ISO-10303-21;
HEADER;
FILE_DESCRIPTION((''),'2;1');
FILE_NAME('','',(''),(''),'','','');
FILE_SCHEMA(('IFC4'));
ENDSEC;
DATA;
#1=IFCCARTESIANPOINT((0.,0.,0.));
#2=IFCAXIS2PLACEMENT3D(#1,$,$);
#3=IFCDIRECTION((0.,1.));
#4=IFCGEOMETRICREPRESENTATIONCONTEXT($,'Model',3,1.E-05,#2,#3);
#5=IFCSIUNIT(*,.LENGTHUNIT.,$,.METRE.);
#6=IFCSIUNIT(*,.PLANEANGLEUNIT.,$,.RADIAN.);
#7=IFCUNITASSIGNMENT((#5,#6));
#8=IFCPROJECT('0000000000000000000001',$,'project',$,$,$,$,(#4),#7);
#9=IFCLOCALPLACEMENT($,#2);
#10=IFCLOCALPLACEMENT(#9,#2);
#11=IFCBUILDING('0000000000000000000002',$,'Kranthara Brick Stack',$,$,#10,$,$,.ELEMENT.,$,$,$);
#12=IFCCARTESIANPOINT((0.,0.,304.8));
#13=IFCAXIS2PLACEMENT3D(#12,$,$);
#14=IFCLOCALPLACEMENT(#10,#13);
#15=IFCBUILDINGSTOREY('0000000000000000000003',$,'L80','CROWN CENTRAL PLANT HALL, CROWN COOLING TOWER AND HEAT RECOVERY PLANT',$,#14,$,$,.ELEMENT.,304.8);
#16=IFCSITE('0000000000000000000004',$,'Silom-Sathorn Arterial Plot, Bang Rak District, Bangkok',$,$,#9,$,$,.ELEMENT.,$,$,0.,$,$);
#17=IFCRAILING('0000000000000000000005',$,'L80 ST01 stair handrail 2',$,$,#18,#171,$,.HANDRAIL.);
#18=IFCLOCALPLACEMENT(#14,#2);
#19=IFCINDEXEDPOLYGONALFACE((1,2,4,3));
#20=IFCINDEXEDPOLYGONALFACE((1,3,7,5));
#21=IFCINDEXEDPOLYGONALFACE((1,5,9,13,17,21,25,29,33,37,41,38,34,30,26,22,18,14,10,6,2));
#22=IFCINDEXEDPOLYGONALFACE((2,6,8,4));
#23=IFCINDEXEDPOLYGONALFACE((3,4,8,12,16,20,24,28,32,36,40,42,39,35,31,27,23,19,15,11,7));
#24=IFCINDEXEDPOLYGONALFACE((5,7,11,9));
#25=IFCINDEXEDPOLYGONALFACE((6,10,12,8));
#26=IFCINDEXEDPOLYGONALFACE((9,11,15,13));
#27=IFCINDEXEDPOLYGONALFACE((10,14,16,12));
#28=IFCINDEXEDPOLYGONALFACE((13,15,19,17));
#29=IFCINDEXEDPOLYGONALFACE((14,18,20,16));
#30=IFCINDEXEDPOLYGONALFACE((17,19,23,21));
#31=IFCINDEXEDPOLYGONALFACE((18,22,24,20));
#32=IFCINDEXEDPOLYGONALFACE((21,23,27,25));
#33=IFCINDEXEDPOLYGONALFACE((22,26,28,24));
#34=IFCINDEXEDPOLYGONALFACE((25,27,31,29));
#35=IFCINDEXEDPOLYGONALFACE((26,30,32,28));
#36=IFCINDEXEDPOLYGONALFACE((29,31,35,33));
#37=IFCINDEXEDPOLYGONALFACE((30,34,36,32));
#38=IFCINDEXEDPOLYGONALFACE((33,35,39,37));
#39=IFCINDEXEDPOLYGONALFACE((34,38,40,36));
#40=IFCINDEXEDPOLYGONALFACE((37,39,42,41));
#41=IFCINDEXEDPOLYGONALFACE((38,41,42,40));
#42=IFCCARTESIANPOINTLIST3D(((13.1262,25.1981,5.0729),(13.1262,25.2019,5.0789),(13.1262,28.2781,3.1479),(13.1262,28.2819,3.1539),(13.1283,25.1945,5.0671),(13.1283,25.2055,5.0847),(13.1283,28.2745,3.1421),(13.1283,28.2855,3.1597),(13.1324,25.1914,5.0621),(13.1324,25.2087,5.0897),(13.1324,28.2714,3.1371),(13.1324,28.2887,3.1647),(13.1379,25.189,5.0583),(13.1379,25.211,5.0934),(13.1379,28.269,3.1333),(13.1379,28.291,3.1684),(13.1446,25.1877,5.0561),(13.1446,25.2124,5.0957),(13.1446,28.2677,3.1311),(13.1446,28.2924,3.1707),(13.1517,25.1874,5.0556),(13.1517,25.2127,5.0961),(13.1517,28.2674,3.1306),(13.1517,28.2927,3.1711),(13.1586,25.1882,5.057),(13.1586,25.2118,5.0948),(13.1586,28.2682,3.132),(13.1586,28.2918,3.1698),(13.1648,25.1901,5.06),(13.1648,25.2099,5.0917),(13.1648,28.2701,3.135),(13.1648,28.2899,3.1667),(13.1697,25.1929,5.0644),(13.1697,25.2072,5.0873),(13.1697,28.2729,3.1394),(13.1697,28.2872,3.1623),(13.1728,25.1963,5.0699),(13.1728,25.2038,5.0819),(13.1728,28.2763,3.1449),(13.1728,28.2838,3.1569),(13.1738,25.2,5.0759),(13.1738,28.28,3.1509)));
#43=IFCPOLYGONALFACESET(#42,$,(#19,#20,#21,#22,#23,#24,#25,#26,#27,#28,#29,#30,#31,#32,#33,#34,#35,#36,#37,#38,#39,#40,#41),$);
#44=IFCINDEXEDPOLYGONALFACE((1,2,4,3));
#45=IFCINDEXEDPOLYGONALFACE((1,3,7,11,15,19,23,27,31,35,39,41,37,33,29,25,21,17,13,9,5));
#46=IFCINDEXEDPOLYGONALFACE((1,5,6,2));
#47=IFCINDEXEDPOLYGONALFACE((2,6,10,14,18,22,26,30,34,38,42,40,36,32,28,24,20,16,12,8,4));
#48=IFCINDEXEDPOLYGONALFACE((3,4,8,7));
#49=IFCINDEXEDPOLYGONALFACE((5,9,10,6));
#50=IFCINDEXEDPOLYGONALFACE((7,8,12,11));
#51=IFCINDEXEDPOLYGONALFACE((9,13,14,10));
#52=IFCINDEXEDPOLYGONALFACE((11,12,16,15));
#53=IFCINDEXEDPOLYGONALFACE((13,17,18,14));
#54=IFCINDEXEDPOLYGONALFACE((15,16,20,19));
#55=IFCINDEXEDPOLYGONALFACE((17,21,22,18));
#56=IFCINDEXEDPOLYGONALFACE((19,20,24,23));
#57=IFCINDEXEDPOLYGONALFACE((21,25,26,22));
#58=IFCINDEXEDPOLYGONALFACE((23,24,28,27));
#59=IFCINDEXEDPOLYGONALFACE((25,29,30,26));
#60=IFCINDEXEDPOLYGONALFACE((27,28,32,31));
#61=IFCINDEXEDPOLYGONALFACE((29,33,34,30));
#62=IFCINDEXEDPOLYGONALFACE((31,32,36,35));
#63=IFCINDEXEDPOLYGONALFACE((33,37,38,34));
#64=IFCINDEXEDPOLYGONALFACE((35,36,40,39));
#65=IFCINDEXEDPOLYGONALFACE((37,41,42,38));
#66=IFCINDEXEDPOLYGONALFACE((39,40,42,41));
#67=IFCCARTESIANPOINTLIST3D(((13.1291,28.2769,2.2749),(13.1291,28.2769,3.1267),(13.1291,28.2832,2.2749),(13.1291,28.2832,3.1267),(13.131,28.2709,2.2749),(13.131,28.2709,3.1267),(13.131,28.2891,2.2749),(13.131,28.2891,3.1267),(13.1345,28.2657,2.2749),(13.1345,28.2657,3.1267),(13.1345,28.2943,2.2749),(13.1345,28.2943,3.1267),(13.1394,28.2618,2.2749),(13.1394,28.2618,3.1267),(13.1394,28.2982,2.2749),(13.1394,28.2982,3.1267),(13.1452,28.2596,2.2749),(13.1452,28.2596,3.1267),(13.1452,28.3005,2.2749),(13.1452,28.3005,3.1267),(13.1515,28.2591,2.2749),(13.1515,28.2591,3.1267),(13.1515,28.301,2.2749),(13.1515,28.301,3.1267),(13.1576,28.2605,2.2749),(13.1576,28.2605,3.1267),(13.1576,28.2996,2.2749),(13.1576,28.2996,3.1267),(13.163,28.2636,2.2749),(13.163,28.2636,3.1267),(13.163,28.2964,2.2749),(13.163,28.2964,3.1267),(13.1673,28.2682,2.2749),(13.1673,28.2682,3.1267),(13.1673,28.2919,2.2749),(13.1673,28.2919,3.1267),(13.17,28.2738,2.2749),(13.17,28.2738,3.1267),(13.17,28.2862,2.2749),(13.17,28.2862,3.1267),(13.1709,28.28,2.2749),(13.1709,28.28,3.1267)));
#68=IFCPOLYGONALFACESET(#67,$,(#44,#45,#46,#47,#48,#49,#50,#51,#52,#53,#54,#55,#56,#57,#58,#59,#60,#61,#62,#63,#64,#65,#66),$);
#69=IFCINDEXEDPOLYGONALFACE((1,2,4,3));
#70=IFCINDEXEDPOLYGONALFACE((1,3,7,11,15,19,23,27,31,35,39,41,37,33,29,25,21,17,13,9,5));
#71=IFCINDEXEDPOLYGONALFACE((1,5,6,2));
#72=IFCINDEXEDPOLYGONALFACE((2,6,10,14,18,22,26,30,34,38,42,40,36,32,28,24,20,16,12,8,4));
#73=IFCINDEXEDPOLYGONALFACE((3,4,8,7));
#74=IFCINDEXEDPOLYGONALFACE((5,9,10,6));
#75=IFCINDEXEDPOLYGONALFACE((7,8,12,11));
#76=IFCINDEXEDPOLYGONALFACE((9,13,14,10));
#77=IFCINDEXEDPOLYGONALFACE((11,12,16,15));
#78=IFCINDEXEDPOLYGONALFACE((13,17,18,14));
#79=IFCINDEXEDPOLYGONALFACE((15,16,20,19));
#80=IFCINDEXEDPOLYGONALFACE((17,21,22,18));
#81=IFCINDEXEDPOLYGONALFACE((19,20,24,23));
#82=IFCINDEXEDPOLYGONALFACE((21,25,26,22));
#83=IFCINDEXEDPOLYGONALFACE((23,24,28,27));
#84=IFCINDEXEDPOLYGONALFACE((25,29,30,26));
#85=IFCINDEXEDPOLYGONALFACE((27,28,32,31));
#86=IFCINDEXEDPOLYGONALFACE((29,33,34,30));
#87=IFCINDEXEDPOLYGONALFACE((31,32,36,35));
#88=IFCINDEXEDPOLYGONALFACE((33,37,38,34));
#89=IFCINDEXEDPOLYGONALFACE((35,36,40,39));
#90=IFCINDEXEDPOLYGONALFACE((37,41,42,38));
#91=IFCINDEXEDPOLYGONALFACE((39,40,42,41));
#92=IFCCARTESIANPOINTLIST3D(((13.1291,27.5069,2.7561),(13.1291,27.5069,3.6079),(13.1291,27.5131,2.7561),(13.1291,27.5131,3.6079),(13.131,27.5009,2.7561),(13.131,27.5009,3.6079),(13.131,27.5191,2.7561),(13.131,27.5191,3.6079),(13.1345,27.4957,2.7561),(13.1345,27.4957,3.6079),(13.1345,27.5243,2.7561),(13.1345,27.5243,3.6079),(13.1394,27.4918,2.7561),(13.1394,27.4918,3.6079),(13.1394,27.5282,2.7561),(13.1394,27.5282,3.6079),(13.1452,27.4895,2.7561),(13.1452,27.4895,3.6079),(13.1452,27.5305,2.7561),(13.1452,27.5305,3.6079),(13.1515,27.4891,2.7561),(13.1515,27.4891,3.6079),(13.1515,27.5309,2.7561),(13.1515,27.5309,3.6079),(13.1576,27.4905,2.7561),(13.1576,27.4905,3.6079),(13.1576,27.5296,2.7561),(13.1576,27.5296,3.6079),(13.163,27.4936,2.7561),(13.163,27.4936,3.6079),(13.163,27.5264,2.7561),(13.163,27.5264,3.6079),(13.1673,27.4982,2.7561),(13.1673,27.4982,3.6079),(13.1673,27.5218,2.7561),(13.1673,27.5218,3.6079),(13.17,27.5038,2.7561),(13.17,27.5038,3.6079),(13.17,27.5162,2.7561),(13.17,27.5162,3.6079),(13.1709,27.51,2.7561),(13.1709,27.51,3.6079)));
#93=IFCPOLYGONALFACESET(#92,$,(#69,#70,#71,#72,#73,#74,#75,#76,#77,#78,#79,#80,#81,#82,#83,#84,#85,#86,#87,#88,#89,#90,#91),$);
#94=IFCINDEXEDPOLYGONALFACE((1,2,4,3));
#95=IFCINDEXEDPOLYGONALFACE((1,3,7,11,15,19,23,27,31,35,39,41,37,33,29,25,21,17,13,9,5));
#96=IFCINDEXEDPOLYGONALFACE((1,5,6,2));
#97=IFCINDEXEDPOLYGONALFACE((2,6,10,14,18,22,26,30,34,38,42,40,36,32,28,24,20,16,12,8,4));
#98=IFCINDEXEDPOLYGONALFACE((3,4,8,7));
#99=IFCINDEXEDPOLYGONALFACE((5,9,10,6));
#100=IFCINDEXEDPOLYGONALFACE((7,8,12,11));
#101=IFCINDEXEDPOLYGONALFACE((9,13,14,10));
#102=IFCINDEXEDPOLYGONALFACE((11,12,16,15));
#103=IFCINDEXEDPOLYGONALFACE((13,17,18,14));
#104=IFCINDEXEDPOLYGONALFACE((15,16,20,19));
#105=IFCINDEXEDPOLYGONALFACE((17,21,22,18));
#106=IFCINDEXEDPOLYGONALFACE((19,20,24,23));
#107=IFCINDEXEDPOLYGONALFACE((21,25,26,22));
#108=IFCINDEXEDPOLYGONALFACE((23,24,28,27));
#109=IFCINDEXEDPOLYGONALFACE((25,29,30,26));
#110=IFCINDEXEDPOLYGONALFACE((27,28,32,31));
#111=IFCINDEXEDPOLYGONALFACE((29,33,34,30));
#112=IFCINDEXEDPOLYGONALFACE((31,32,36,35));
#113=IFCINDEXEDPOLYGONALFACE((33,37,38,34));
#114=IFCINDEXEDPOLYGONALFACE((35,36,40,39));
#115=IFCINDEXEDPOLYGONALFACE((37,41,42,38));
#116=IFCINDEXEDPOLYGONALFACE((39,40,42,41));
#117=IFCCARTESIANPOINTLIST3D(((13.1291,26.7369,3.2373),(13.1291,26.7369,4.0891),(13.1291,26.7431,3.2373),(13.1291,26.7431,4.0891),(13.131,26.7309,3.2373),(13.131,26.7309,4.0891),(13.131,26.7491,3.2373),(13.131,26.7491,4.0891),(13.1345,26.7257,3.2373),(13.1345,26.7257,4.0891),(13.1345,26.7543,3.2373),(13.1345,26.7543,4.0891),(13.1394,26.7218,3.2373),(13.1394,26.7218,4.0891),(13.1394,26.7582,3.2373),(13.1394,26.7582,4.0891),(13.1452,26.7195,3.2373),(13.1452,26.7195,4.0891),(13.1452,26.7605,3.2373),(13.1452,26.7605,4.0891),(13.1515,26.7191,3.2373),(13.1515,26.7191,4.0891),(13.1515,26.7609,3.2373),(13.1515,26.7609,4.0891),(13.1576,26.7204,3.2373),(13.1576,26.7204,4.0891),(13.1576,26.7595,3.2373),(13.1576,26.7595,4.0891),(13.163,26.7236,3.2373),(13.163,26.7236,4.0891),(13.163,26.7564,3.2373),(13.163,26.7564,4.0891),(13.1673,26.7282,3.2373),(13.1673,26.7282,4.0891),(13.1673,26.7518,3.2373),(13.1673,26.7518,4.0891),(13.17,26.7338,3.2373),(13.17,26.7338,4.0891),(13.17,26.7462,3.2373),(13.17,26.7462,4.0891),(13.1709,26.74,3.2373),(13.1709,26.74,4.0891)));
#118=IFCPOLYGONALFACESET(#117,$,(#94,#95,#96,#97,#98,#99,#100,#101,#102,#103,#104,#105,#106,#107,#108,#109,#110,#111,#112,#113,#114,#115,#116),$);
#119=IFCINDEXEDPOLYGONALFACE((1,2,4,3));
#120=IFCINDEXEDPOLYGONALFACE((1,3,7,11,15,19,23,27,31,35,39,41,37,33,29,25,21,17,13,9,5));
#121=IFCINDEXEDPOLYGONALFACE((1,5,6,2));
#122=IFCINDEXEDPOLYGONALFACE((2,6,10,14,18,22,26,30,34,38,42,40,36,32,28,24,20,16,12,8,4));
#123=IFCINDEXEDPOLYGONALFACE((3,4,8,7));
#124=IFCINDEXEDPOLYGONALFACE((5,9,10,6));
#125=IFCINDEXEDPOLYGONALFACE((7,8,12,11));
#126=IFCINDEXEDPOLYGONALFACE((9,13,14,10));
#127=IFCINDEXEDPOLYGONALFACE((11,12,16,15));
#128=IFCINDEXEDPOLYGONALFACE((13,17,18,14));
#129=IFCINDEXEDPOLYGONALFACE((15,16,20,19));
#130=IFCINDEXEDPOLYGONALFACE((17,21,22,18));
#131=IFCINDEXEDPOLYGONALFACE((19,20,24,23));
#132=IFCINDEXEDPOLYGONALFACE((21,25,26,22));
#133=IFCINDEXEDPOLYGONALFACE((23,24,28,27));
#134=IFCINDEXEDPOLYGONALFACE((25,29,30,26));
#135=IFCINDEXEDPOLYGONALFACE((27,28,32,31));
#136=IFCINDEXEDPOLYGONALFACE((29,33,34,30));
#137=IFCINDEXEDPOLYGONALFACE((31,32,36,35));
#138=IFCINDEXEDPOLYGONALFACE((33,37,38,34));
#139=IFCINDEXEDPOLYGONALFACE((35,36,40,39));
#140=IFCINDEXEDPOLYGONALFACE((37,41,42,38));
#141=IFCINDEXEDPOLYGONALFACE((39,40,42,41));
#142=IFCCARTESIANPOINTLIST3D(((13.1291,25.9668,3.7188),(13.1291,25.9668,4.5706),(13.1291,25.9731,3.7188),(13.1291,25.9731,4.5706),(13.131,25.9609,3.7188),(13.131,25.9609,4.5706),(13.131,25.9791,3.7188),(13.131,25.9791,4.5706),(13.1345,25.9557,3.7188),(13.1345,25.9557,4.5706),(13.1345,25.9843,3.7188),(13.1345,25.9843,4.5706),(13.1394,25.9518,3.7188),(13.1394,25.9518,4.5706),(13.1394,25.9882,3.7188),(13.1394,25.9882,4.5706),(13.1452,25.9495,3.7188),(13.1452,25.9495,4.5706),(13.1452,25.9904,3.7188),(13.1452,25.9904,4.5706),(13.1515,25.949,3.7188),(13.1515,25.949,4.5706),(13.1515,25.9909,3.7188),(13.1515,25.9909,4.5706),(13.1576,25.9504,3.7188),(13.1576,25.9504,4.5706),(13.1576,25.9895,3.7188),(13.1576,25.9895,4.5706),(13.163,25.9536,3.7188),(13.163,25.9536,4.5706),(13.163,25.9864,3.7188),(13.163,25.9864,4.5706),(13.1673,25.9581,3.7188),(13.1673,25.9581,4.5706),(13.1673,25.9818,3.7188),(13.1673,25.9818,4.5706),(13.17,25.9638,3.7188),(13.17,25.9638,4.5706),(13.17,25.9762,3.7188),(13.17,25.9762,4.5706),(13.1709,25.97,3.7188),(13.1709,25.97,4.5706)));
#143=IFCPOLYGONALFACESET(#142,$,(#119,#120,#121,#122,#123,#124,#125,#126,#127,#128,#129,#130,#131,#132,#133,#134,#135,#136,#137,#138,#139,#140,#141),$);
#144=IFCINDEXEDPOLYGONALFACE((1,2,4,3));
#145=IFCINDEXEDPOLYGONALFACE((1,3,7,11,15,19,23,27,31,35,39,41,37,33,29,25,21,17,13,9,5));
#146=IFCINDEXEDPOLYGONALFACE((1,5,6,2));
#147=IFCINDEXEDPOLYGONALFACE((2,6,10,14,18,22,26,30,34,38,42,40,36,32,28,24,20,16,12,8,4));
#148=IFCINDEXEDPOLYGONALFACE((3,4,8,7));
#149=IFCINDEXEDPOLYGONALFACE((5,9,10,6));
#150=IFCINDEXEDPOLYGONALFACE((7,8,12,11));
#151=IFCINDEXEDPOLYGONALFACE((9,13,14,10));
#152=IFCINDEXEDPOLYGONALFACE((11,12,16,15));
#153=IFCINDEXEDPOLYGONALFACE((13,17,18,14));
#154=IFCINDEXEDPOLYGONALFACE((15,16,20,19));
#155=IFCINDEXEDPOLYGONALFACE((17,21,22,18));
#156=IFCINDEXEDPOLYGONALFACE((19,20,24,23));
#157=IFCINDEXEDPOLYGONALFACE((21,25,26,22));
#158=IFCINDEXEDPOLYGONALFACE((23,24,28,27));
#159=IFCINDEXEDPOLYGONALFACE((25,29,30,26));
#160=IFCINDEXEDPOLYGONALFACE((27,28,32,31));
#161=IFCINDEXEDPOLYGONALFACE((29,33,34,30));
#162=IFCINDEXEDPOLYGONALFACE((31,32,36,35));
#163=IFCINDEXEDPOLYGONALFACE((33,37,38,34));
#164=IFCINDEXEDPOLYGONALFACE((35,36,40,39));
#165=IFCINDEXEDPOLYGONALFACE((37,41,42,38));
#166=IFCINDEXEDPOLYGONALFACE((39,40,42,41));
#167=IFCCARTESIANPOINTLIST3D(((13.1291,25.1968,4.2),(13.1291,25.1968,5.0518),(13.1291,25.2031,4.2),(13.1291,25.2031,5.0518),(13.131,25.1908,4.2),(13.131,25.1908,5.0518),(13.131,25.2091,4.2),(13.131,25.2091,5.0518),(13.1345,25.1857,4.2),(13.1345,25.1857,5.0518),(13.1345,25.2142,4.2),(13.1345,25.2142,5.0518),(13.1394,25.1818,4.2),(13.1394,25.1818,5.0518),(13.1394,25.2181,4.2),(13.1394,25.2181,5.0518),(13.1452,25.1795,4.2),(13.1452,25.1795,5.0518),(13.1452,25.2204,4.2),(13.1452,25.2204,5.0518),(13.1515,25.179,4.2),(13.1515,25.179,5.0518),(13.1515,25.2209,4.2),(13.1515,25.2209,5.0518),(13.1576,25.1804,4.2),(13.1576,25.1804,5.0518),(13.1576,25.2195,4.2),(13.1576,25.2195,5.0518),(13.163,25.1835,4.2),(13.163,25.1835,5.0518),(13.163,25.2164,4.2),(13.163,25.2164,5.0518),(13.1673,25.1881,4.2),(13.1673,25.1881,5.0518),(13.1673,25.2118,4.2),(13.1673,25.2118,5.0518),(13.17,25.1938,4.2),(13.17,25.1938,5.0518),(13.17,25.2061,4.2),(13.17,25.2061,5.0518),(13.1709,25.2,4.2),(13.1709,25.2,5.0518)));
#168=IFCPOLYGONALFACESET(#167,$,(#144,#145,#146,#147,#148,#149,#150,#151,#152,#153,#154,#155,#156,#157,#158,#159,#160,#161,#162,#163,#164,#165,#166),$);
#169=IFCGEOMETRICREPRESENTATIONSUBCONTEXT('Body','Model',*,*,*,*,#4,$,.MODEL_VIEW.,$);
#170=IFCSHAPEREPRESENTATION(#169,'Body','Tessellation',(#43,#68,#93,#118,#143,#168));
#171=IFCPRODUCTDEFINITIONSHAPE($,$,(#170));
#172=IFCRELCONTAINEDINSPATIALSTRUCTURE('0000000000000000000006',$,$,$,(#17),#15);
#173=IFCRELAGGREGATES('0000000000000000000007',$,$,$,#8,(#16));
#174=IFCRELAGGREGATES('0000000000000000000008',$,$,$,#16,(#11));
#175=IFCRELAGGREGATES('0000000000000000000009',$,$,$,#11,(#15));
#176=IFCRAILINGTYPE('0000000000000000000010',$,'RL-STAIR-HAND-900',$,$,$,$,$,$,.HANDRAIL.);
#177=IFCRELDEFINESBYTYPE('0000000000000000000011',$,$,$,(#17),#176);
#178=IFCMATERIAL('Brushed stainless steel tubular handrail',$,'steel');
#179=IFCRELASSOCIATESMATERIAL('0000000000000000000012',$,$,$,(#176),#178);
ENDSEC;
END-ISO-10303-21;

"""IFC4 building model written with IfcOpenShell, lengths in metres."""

from ifc_helpers import new_model, si_unit, direction, frame, origin, origin_2d, place, context, subcontext, project, spatial, circle, extrude, material, type_object, element, save


model = new_model("IFC4")

# Units and contexts
model_context = context("Model", 3, precision=1e-05, world=origin(), true_north=direction((0.0, 1.0)))
body_context = subcontext(model_context, "Body", "Model", "MODEL_VIEW")
ifc_project = project(units=[si_unit("LENGTHUNIT", "METRE"), si_unit("PLANEANGLEUNIT", "RADIAN")], contexts=[model_context])

# Site, building, storey
site_placement = place(None, origin())
site = spatial("IfcSite", under=ifc_project, at=site_placement, Name="Silom-Sathorn Arterial Plot, Bang Rak District, Bangkok", CompositionType="ELEMENT", RefElevation=0.0)
building_placement = place(site_placement, origin())
building = spatial("IfcBuilding", under=site, at=building_placement, Name="Kranthara Brick Stack", CompositionType="ELEMENT")
storey_placement = place(building_placement, frame((0.0, 0.0, 304.8)))
storey = spatial("IfcBuildingStorey", under=building, at=storey_placement, Name="L80", Description="CROWN CENTRAL PLANT HALL, CROWN COOLING TOWER AND HEAT RECOVERY PLANT", CompositionType="ELEMENT", Elevation=304.8)

# Railing
ifc_material_1 = material(Name="Brushed stainless steel tubular handrail", Category="steel")
railing_type_1 = type_object("IfcRailingType", Name="RL-STAIR-HAND-900", PredefinedType="HANDRAIL", material=ifc_material_1)
railing_1_placement = place(storey_placement, frame((13.1499, 28.28, 2.2749)))
element("IfcRailing", 1, at=railing_1_placement, inside=storey, type_object=railing_type_1, Name="L80 ST01 stair handrail 2", PredefinedType="HANDRAIL", context=body_context, shape_type="SweptSolid", body=[
    extrude(circle(Radius=0.0239, at=origin_2d()), frame((0.0, 0.0, 0.876), z_axis=(0.0, -0.847998, 0.529999), x_axis=(1.0, 0.0, 0.0)), (0.0, 0.0, 1.0), 3.6321),
    extrude(circle(Radius=0.021, at=origin_2d()), origin(), (0.0, 0.0, 1.0), 0.8518),
    extrude(circle(Radius=0.021, at=origin_2d()), frame((0.0, -0.77, 0.4812)), (0.0, 0.0, 1.0), 0.8518),
    extrude(circle(Radius=0.021, at=origin_2d()), frame((0.0, -1.54, 0.9624)), (0.0, 0.0, 1.0), 0.8518),
    extrude(circle(Radius=0.021, at=origin_2d()), frame((0.0, -2.3101, 1.4438)), (0.0, 0.0, 1.0), 0.8518),
    extrude(circle(Radius=0.021, at=origin_2d()), frame((0.0, -3.0801, 1.925)), (0.0, 0.0, 1.0), 0.8518),
])

save(model, "model.ifc")
